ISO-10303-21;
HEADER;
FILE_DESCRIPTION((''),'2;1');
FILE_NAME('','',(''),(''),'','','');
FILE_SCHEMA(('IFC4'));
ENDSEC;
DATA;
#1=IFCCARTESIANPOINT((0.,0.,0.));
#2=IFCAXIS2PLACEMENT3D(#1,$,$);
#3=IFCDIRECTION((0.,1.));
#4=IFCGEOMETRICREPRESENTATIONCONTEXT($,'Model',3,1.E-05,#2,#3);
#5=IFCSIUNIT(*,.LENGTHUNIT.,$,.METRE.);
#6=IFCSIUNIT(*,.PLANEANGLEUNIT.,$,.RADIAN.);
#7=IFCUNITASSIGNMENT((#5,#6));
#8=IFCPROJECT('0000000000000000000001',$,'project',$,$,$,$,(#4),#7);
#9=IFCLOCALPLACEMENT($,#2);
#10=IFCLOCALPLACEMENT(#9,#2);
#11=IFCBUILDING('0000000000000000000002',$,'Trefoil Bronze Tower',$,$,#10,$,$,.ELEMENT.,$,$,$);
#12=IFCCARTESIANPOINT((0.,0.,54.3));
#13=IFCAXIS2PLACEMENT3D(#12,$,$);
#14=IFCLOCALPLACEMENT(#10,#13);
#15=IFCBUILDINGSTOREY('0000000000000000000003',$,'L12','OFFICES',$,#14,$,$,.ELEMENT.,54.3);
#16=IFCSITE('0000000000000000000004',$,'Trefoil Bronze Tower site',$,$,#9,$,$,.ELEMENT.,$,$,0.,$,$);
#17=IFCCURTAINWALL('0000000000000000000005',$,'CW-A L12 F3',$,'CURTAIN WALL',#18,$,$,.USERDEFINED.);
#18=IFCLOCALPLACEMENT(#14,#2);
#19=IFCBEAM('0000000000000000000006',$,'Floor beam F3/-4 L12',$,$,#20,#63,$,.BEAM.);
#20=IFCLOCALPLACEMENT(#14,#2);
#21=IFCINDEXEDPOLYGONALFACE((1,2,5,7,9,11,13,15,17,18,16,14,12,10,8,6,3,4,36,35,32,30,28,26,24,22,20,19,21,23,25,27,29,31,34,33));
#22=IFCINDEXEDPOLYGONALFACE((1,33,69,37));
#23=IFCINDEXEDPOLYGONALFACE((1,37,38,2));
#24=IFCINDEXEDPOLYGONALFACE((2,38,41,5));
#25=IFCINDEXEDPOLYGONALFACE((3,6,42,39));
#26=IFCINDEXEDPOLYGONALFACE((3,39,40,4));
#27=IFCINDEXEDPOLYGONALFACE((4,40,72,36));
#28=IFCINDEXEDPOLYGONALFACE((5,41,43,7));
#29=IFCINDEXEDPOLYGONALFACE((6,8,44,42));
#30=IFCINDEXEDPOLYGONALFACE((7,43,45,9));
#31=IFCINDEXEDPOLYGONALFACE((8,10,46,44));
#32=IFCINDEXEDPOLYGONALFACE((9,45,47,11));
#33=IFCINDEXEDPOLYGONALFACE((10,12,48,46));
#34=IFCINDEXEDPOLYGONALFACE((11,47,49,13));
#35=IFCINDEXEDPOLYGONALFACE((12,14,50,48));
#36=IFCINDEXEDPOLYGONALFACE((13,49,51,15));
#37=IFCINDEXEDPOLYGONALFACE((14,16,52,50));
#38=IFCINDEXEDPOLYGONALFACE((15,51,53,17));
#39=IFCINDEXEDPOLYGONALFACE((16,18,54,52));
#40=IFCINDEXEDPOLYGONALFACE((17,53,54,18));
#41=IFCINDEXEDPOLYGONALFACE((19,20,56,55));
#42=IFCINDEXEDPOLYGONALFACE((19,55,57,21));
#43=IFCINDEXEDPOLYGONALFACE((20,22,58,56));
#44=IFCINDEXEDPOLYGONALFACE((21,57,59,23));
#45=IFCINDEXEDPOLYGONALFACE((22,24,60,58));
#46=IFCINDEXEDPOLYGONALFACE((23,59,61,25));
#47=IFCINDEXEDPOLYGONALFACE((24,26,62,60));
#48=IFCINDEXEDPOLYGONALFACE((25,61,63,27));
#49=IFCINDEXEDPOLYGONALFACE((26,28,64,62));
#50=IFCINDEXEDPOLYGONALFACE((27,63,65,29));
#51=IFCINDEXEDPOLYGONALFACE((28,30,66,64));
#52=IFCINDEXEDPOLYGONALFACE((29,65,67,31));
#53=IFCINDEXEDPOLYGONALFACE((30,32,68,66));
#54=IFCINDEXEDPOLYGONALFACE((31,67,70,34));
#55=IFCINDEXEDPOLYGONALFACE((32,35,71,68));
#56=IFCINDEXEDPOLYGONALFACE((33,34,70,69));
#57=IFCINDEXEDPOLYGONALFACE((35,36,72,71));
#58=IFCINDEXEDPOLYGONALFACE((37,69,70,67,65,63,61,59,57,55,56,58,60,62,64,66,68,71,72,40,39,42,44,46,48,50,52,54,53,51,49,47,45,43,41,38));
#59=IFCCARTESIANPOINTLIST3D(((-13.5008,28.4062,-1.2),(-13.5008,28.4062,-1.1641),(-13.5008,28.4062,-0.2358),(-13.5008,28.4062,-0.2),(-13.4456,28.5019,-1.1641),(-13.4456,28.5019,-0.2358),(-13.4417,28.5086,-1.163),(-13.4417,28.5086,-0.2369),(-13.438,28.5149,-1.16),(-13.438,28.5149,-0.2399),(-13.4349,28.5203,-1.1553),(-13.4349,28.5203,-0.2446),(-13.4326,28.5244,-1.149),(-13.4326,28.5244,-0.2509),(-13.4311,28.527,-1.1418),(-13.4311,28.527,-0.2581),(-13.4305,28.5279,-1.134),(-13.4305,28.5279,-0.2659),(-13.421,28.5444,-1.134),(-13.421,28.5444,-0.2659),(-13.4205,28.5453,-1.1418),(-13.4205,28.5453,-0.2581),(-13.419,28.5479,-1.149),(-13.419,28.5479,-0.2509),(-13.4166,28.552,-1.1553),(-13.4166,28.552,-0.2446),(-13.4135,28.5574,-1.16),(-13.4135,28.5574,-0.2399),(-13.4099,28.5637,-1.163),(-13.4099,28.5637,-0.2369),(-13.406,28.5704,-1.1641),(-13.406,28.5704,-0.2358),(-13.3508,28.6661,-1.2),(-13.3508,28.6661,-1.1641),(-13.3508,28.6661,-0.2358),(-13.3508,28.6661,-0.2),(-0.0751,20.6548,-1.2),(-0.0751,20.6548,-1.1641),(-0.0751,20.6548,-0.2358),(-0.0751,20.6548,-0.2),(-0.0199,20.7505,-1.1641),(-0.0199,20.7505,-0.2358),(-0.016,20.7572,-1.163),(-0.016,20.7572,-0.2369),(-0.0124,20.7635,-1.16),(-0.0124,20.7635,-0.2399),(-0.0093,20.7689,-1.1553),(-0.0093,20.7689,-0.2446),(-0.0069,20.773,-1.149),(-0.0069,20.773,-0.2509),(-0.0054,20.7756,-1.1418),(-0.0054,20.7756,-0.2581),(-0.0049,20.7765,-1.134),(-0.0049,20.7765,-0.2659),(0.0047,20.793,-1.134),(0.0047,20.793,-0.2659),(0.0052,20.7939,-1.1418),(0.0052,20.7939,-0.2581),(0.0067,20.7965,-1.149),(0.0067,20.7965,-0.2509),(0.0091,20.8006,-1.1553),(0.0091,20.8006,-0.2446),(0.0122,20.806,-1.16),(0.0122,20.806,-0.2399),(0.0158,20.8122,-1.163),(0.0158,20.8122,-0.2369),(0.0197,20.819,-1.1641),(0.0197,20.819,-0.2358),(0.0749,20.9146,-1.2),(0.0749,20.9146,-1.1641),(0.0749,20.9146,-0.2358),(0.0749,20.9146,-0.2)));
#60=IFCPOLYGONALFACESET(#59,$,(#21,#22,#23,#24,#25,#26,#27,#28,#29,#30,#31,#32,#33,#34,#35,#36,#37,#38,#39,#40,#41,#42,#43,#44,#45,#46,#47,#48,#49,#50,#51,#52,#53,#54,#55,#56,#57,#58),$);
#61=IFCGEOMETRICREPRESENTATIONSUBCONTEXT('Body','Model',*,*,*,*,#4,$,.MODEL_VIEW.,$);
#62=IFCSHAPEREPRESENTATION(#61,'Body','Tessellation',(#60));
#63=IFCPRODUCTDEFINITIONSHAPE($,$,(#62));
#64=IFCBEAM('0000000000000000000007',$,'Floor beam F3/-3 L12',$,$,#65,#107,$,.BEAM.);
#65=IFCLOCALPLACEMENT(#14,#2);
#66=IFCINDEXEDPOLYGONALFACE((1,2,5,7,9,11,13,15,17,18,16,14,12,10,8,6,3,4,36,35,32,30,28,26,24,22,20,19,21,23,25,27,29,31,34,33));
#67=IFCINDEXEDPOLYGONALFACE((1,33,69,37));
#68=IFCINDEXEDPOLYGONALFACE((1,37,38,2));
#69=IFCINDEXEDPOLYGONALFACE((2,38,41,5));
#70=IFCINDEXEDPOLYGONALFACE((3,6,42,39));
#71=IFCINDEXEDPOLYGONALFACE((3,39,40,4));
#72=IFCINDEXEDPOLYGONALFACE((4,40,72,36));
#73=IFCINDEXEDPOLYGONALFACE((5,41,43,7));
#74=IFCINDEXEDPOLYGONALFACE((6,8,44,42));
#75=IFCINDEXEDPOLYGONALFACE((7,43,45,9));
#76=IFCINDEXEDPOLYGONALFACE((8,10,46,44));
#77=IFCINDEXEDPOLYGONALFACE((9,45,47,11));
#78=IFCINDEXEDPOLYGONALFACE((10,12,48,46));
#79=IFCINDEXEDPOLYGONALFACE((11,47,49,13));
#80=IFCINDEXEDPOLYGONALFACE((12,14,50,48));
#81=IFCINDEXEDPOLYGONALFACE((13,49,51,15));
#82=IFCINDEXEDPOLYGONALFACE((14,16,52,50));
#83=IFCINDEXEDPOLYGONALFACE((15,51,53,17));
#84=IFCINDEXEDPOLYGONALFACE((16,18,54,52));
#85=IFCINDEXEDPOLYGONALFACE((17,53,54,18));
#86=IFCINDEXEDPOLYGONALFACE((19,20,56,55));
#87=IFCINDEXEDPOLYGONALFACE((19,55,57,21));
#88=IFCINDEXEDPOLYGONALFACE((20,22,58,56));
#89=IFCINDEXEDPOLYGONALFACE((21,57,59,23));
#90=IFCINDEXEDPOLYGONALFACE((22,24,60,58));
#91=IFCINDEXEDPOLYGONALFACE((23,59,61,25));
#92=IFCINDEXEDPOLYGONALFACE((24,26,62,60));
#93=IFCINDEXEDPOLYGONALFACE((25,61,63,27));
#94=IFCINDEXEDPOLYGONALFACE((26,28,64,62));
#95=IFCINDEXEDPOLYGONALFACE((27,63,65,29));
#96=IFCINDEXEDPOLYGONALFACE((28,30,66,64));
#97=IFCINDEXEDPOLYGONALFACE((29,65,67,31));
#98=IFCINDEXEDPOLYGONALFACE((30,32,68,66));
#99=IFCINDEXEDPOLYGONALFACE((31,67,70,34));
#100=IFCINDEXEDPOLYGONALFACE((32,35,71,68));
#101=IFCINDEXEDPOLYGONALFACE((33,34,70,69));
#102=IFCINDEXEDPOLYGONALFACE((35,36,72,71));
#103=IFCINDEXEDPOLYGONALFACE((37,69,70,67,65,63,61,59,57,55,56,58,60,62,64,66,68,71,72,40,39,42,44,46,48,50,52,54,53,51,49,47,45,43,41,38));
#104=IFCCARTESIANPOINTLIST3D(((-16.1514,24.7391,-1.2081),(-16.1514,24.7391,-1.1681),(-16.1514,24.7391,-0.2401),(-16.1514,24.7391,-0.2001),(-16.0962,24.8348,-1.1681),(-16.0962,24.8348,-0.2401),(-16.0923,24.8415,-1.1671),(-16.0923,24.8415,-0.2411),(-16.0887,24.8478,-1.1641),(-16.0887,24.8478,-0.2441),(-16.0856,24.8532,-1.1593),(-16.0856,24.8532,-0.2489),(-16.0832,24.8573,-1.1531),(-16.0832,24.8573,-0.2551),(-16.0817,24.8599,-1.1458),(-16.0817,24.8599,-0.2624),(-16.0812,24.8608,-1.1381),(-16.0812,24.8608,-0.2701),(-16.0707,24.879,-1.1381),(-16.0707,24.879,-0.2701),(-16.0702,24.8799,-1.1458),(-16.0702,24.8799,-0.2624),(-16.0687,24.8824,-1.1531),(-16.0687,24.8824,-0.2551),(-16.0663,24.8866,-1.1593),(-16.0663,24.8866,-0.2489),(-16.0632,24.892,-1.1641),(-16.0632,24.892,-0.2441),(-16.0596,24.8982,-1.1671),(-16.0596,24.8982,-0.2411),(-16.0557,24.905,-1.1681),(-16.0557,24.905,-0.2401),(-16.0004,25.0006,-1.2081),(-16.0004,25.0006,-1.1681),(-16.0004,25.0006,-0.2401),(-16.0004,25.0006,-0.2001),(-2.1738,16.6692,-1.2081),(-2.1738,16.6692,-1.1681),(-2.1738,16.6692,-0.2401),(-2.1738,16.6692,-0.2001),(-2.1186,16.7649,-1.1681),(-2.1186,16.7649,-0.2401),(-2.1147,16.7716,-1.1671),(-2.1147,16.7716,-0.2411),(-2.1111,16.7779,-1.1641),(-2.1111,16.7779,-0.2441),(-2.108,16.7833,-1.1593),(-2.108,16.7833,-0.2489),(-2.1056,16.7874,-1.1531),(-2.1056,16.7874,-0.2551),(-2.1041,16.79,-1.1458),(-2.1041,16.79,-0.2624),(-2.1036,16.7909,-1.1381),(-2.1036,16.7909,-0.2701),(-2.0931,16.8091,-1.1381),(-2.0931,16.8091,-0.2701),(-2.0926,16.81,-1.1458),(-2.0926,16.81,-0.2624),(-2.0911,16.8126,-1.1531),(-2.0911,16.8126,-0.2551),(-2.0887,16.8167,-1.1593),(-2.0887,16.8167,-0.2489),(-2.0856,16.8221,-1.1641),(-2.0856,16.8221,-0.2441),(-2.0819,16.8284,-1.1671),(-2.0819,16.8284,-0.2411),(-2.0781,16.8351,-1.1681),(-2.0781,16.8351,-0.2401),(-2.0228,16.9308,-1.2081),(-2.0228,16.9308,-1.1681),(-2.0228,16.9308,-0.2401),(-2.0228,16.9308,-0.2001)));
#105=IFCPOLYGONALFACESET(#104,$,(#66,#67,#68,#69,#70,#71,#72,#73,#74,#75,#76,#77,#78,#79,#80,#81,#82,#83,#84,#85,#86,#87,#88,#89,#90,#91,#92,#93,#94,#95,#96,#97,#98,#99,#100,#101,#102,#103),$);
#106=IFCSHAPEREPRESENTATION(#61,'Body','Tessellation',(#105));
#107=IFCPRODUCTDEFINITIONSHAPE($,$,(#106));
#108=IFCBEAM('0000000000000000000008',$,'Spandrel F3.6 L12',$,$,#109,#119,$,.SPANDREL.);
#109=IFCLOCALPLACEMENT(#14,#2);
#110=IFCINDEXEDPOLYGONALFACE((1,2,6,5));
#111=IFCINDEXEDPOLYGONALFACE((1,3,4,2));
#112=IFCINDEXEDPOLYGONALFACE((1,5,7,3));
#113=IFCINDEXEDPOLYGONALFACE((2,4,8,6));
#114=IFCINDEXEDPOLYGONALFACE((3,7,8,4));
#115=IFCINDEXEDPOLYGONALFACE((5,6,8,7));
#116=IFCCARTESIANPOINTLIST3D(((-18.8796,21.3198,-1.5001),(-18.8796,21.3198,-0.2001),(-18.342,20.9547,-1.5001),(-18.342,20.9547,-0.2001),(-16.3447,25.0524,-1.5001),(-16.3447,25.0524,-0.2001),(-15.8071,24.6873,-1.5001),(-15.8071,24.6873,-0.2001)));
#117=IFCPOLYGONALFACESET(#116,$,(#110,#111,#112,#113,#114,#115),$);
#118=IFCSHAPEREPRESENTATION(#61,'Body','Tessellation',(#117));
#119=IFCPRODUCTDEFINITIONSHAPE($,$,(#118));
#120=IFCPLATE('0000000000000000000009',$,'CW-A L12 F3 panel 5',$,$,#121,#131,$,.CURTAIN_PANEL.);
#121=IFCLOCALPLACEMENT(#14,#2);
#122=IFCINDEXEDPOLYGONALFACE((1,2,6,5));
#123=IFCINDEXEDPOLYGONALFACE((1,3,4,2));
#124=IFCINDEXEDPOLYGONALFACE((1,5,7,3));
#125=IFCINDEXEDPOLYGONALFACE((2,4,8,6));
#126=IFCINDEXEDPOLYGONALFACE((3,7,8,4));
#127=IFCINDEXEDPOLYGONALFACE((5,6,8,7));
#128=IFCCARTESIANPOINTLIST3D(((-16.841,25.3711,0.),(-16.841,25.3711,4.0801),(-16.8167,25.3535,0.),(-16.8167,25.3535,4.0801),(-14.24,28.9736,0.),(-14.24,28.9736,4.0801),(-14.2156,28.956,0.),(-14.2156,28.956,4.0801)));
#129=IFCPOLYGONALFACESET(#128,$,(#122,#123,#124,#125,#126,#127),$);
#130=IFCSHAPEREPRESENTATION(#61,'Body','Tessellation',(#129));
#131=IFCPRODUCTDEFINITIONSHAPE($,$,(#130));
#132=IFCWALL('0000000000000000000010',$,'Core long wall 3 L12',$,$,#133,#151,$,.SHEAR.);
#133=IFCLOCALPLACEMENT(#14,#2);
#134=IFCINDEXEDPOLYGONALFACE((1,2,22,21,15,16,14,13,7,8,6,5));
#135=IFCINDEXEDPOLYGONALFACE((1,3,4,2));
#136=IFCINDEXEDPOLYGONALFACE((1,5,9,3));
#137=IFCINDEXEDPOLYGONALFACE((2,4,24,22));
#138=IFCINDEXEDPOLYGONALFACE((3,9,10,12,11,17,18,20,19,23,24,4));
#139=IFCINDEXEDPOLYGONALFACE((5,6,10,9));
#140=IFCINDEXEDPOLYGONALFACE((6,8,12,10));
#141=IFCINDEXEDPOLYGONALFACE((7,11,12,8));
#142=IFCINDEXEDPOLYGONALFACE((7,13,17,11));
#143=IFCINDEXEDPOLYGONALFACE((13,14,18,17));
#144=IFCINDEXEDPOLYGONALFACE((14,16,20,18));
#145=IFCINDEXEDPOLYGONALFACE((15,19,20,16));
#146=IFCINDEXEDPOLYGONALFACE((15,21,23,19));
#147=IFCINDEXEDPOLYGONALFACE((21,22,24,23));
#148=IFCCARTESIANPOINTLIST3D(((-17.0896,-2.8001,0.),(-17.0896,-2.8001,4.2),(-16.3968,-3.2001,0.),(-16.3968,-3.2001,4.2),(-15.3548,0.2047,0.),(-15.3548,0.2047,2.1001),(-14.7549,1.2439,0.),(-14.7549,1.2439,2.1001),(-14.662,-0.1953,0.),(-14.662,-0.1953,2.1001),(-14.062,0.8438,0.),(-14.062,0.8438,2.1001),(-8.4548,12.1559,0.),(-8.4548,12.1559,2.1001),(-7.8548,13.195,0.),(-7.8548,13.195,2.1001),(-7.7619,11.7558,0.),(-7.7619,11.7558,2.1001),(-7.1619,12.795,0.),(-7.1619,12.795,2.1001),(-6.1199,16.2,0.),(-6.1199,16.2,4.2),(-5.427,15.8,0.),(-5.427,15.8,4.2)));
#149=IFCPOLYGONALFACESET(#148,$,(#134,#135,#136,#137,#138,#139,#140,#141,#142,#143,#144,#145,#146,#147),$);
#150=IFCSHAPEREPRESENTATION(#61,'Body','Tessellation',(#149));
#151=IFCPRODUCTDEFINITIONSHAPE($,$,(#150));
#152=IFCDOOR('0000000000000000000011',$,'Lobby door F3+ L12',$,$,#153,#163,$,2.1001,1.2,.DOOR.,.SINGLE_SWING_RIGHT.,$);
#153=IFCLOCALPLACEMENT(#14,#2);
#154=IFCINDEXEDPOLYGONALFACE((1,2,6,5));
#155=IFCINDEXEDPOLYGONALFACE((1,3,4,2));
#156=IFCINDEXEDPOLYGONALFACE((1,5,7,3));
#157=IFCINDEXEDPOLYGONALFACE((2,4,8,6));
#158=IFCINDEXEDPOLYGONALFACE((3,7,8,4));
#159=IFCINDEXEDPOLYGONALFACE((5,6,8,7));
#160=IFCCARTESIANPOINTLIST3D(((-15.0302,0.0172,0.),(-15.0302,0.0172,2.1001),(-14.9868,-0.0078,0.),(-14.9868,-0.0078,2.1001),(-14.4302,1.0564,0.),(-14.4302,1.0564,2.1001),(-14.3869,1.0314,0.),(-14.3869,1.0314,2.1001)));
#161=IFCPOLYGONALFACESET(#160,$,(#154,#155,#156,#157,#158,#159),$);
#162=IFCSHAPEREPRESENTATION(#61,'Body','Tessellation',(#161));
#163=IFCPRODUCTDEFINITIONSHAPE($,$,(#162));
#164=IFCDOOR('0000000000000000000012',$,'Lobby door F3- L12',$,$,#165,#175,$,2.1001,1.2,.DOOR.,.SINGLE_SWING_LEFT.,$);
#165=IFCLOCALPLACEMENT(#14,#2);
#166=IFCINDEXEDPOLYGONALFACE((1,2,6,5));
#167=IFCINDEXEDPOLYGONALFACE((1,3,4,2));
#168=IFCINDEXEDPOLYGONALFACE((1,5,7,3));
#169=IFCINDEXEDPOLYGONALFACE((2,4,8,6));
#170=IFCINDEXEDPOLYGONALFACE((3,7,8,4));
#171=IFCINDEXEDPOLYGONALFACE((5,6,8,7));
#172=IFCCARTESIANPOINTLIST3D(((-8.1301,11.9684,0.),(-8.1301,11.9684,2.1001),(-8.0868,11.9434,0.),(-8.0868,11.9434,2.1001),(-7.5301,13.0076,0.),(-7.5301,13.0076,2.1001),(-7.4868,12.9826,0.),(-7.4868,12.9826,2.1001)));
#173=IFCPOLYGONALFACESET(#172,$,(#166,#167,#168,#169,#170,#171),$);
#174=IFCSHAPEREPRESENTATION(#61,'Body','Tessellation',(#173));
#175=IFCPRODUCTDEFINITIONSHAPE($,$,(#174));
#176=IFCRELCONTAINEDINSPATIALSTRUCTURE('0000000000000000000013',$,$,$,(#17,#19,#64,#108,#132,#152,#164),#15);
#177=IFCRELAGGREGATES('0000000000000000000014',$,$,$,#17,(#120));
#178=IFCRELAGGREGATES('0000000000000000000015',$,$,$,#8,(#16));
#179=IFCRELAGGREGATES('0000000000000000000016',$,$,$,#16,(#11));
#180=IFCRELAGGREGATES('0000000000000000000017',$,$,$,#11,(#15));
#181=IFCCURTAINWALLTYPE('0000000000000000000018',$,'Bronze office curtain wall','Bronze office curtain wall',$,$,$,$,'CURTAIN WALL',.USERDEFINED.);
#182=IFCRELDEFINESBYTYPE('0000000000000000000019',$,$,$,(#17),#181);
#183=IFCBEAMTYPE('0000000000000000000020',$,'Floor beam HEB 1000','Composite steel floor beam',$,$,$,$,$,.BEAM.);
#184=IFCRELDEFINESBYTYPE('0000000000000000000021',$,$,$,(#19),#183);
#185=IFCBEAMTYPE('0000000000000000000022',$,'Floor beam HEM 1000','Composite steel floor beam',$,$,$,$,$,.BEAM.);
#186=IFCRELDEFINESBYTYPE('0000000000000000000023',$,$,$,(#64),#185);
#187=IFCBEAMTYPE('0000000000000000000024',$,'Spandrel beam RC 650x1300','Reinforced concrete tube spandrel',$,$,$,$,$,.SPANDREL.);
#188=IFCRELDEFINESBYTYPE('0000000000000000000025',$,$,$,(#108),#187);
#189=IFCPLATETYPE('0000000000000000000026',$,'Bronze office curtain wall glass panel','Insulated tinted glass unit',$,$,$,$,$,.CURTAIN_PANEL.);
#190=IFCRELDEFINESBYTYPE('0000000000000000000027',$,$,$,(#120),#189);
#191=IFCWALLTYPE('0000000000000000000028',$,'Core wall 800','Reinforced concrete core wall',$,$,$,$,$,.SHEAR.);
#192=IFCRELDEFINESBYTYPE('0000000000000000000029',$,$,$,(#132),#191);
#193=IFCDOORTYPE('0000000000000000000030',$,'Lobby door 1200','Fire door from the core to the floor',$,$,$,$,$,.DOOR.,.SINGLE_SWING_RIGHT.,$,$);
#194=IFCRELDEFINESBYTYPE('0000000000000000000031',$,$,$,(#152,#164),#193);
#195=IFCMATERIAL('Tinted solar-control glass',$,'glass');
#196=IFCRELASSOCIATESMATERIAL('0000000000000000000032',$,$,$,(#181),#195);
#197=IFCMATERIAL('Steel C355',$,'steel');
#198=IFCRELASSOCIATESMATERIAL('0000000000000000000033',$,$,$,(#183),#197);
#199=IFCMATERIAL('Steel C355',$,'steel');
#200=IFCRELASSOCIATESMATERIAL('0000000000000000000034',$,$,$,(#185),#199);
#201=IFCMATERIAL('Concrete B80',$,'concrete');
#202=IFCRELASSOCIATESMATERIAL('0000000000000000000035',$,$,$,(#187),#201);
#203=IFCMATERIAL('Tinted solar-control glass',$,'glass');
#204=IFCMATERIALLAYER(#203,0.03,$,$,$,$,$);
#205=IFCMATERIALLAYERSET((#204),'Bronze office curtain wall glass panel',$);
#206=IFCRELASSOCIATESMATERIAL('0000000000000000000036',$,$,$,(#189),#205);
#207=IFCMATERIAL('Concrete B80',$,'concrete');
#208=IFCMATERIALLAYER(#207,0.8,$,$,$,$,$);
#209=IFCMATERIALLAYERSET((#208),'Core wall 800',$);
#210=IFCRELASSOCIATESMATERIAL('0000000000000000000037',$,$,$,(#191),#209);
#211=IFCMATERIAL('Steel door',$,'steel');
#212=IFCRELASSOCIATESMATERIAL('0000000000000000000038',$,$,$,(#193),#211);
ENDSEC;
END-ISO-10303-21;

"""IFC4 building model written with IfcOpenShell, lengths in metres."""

from ifc_helpers import new_model, si_unit, direction, frame, frame_2d, origin, origin_2d, place, context, subcontext, project, spatial, rectangle, i_section, extrude, material, layer, layer_set, material_profile, profile_set, type_object, element, fill, aggregate, save


model = new_model("IFC4")

# Units and contexts
model_context = context("Model", 3, precision=1e-05, world=origin(), true_north=direction((0.0, 1.0)))
body_context = subcontext(model_context, "Body", "Model", "MODEL_VIEW")
ifc_project = project(units=[si_unit("LENGTHUNIT", "METRE"), si_unit("PLANEANGLEUNIT", "RADIAN")], contexts=[model_context])

# Site, building, storey
site_placement = place(None, origin())
site = spatial("IfcSite", under=ifc_project, at=site_placement, Name="Trefoil Bronze Tower site", CompositionType="ELEMENT", RefElevation=0.0)
building_placement = place(site_placement, origin())
building = spatial("IfcBuilding", under=site, at=building_placement, Name="Trefoil Bronze Tower", CompositionType="ELEMENT")
storey_placement = place(building_placement, frame((0.0, 0.0, 54.3)))
storey = spatial("IfcBuildingStorey", under=building, at=storey_placement, Name="L12", Description="OFFICES", CompositionType="ELEMENT", Elevation=54.3)

# Curtain wall
ifc_material_1 = material(Name="Tinted solar-control glass", Category="glass")
curtain_wall_type = type_object("IfcCurtainWallType", Name="Bronze office curtain wall", Description="Bronze office curtain wall", ElementType="CURTAIN WALL", PredefinedType="USERDEFINED", material=ifc_material_1)
curtain_wall_placement = place(storey_placement, origin())
curtain_wall = element("IfcCurtainWall", 1, at=curtain_wall_placement, inside=storey, type_object=curtain_wall_type, Name="CW-A L12 F3", ObjectType="CURTAIN WALL", PredefinedType="USERDEFINED")

# Beams
ifc_material_2 = material(Name="Steel C355", Category="steel")
ifc_material_profile_1 = material_profile(ifc_material_2, i_section(OverallWidth=0.3, OverallDepth=1.0, WebThickness=0.019, FlangeThickness=0.0359, FilletRadius=0.03, at=origin_2d()), Name="HEB 1000")
ifc_profile_set_1 = profile_set([ifc_material_profile_1], Name="Steel C355")
beam_type_1 = type_object("IfcBeamType", Name="Floor beam HEB 1000", Description="Composite steel floor beam", PredefinedType="BEAM", material=ifc_profile_set_1)
beam_1_placement = place(storey_placement, frame((-13.4258, 28.5361, -0.7), z_axis=(0.866023, -0.500004, 0.0), x_axis=(0.500004, 0.866023, 0.0)))
element("IfcBeam", 2, at=beam_1_placement, inside=storey, type_object=beam_type_1, Name="Floor beam F3/-4 L12", PredefinedType="BEAM", context=body_context, shape_type="SweptSolid", body=[
    extrude(i_section(OverallWidth=0.3, OverallDepth=1.0, WebThickness=0.019, FlangeThickness=0.0359, FilletRadius=0.03, at=origin_2d()), origin(), (0.0, 0.0, 1.0), 15.5027),
])
ifc_material_3 = material(Name="Steel C355", Category="steel")
ifc_material_profile_2 = material_profile(ifc_material_3, i_section(OverallWidth=0.302, OverallDepth=1.0081, WebThickness=0.021, FlangeThickness=0.04, FilletRadius=0.03, at=origin_2d()), Name="HEM 1000")
ifc_profile_set_2 = profile_set([ifc_material_profile_2], Name="Steel C355")
beam_type_2 = type_object("IfcBeamType", Name="Floor beam HEM 1000", Description="Composite steel floor beam", PredefinedType="BEAM", material=ifc_profile_set_2)
beam_2_placement = place(storey_placement, frame((-16.0759, 24.8699, -0.7041), z_axis=(0.866028, -0.499995, 0.0), x_axis=(0.499995, 0.866028, 0.0)))
element("IfcBeam", 3, at=beam_2_placement, inside=storey, type_object=beam_type_2, Name="Floor beam F3/-3 L12", PredefinedType="BEAM", context=body_context, shape_type="SweptSolid", body=[
    extrude(i_section(OverallWidth=0.302, OverallDepth=1.0081, WebThickness=0.021, FlangeThickness=0.04, FilletRadius=0.03, at=origin_2d()), origin(), (0.0, 0.0, 1.0), 16.1399),
])
ifc_material_4 = material(Name="Concrete B80", Category="concrete")
ifc_material_profile_3 = material_profile(ifc_material_4, rectangle(XDim=0.6499, YDim=1.3, at=origin_2d()), Name="RC 650x1300")
ifc_profile_set_3 = profile_set([ifc_material_profile_3], Name="Concrete B80")
beam_type_3 = type_object("IfcBeamType", Name="Spandrel beam RC 650x1300", Description="Reinforced concrete tube spandrel", PredefinedType="SPANDREL", material=ifc_profile_set_3)
beam_3_placement = place(storey_placement, frame((-16.0759, 24.8699, -0.8501), z_axis=(-0.56181, -0.827267, 0.0), x_axis=(0.827267, -0.56181, 0.0)))
element("IfcBeam", 4, at=beam_3_placement, inside=storey, type_object=beam_type_3, Name="Spandrel F3.6 L12", PredefinedType="SPANDREL", context=body_context, shape_type="SweptSolid", body=[
    extrude(rectangle(XDim=0.6499, YDim=1.3, at=origin_2d()), origin(), (0.0, 0.0, 1.0), 4.512),
])

# Plate
ifc_material_5 = material(Name="Tinted solar-control glass", Category="glass")
ifc_layer_1 = layer(ifc_material_5, 0.03)
ifc_layer_set_1 = layer_set([ifc_layer_1], Name="Bronze office curtain wall glass panel")
plate_type = type_object("IfcPlateType", Name="Bronze office curtain wall glass panel", Description="Insulated tinted glass unit", PredefinedType="CURTAIN_PANEL", material=ifc_layer_set_1)
plate_placement = place(storey_placement, frame((-15.5283, 27.1636, 0.0), z_axis=(0.0, 0.0, 1.0), x_axis=(-0.585373, -0.810764, 0.0)))
plate = element("IfcPlate", 5, at=plate_placement, type_object=plate_type, Name="CW-A L12 F3 panel 5", PredefinedType="CURTAIN_PANEL", context=body_context, shape_type="SweptSolid", body=[
    extrude(rectangle(XDim=4.4434, YDim=0.03, at=origin_2d()), origin(), (0.0, 0.0, 1.0), 4.0801),
])
aggregate(curtain_wall, [plate])

# Wall, openings, doors
ifc_material_6 = material(Name="Concrete B80", Category="concrete")
ifc_layer_2 = layer(ifc_material_6, 0.8)
ifc_layer_set_2 = layer_set([ifc_layer_2], Name="Core wall 800")
wall_type_1 = type_object("IfcWallType", Name="Core wall 800", Description="Reinforced concrete core wall", PredefinedType="SHEAR", material=ifc_layer_set_2)
wall_1_placement = place(storey_placement, frame((-5.7734, 16.0, 0.0), z_axis=(0.0, 0.0, 1.0), x_axis=(-0.500002, -0.866024, 0.0)))
wall_1 = element("IfcWall", 6, at=wall_1_placement, inside=storey, type_object=wall_type_1, Name="Core long wall 3 L12", PredefinedType="SHEAR", context=body_context, shape_type="SweptSolid", body=[
    extrude(rectangle(XDim=21.9395, YDim=0.8, at=frame_2d((10.9697, 0.0))), origin(), (0.0, 0.0, 1.0), 4.2),
])
opening_1_placement = place(wall_1_placement, frame((17.2698, 0.0, 0.0)))
opening_1 = element("IfcOpeningElement", 7, at=opening_1_placement, cuts=wall_1, PredefinedType="OPENING", context=body_context, shape_type="SweptSolid", body=[
    extrude(rectangle(XDim=1.2, YDim=2.1001, at=frame_2d((0.6001, 1.05))), frame((0.0, 0.4099, 0.0), z_axis=(0.0, -1.0, 0.0), x_axis=(1.0, 0.0, 0.0)), (0.0, 0.0, 1.0), 0.8201),
])
opening_2_placement = place(wall_1_placement, frame((3.4697, 0.0, 0.0)))
opening_2 = element("IfcOpeningElement", 8, at=opening_2_placement, cuts=wall_1, PredefinedType="OPENING", context=body_context, shape_type="SweptSolid", body=[
    extrude(rectangle(XDim=1.2, YDim=2.1001, at=frame_2d((0.6001, 1.05))), frame((0.0, 0.4099, 0.0), z_axis=(0.0, -1.0, 0.0), x_axis=(1.0, 0.0, 0.0)), (0.0, 0.0, 1.0), 0.8201),
])
ifc_material_7 = material(Name="Steel door", Category="steel")
door_type_1 = type_object("IfcDoorType", Name="Lobby door 1200", Description="Fire door from the core to the floor", OperationType="SINGLE_SWING_RIGHT", PredefinedType="DOOR", material=ifc_material_7)
door_1_placement = place(opening_1_placement, origin())
door_1 = element("IfcDoor", 9, at=door_1_placement, inside=storey, type_object=door_type_1, Name="Lobby door F3+ L12", OperationType="SINGLE_SWING_RIGHT", OverallHeight=2.1001, OverallWidth=1.2, PredefinedType="DOOR", context=body_context, shape_type="SweptSolid", body=[
    extrude(rectangle(XDim=1.2, YDim=2.1001, at=frame_2d((0.6001, 1.05))), frame((0.0, 0.0249, 0.0), z_axis=(0.0, -1.0, 0.0), x_axis=(1.0, 0.0, 0.0)), (0.0, 0.0, 1.0), 0.05),
])
fill(opening_1, door_1)
door_2_placement = place(opening_2_placement, origin())
door_2 = element("IfcDoor", 10, at=door_2_placement, inside=storey, type_object=door_type_1, Name="Lobby door F3- L12", OperationType="SINGLE_SWING_LEFT", OverallHeight=2.1001, OverallWidth=1.2, PredefinedType="DOOR", context=body_context, shape_type="SweptSolid", body=[
    extrude(rectangle(XDim=1.2, YDim=2.1001, at=frame_2d((0.6001, 1.05))), frame((0.0, 0.0249, 0.0), z_axis=(0.0, -1.0, 0.0), x_axis=(1.0, 0.0, 0.0)), (0.0, 0.0, 1.0), 0.05),
])
fill(opening_2, door_2)

save(model, "model.ifc")
